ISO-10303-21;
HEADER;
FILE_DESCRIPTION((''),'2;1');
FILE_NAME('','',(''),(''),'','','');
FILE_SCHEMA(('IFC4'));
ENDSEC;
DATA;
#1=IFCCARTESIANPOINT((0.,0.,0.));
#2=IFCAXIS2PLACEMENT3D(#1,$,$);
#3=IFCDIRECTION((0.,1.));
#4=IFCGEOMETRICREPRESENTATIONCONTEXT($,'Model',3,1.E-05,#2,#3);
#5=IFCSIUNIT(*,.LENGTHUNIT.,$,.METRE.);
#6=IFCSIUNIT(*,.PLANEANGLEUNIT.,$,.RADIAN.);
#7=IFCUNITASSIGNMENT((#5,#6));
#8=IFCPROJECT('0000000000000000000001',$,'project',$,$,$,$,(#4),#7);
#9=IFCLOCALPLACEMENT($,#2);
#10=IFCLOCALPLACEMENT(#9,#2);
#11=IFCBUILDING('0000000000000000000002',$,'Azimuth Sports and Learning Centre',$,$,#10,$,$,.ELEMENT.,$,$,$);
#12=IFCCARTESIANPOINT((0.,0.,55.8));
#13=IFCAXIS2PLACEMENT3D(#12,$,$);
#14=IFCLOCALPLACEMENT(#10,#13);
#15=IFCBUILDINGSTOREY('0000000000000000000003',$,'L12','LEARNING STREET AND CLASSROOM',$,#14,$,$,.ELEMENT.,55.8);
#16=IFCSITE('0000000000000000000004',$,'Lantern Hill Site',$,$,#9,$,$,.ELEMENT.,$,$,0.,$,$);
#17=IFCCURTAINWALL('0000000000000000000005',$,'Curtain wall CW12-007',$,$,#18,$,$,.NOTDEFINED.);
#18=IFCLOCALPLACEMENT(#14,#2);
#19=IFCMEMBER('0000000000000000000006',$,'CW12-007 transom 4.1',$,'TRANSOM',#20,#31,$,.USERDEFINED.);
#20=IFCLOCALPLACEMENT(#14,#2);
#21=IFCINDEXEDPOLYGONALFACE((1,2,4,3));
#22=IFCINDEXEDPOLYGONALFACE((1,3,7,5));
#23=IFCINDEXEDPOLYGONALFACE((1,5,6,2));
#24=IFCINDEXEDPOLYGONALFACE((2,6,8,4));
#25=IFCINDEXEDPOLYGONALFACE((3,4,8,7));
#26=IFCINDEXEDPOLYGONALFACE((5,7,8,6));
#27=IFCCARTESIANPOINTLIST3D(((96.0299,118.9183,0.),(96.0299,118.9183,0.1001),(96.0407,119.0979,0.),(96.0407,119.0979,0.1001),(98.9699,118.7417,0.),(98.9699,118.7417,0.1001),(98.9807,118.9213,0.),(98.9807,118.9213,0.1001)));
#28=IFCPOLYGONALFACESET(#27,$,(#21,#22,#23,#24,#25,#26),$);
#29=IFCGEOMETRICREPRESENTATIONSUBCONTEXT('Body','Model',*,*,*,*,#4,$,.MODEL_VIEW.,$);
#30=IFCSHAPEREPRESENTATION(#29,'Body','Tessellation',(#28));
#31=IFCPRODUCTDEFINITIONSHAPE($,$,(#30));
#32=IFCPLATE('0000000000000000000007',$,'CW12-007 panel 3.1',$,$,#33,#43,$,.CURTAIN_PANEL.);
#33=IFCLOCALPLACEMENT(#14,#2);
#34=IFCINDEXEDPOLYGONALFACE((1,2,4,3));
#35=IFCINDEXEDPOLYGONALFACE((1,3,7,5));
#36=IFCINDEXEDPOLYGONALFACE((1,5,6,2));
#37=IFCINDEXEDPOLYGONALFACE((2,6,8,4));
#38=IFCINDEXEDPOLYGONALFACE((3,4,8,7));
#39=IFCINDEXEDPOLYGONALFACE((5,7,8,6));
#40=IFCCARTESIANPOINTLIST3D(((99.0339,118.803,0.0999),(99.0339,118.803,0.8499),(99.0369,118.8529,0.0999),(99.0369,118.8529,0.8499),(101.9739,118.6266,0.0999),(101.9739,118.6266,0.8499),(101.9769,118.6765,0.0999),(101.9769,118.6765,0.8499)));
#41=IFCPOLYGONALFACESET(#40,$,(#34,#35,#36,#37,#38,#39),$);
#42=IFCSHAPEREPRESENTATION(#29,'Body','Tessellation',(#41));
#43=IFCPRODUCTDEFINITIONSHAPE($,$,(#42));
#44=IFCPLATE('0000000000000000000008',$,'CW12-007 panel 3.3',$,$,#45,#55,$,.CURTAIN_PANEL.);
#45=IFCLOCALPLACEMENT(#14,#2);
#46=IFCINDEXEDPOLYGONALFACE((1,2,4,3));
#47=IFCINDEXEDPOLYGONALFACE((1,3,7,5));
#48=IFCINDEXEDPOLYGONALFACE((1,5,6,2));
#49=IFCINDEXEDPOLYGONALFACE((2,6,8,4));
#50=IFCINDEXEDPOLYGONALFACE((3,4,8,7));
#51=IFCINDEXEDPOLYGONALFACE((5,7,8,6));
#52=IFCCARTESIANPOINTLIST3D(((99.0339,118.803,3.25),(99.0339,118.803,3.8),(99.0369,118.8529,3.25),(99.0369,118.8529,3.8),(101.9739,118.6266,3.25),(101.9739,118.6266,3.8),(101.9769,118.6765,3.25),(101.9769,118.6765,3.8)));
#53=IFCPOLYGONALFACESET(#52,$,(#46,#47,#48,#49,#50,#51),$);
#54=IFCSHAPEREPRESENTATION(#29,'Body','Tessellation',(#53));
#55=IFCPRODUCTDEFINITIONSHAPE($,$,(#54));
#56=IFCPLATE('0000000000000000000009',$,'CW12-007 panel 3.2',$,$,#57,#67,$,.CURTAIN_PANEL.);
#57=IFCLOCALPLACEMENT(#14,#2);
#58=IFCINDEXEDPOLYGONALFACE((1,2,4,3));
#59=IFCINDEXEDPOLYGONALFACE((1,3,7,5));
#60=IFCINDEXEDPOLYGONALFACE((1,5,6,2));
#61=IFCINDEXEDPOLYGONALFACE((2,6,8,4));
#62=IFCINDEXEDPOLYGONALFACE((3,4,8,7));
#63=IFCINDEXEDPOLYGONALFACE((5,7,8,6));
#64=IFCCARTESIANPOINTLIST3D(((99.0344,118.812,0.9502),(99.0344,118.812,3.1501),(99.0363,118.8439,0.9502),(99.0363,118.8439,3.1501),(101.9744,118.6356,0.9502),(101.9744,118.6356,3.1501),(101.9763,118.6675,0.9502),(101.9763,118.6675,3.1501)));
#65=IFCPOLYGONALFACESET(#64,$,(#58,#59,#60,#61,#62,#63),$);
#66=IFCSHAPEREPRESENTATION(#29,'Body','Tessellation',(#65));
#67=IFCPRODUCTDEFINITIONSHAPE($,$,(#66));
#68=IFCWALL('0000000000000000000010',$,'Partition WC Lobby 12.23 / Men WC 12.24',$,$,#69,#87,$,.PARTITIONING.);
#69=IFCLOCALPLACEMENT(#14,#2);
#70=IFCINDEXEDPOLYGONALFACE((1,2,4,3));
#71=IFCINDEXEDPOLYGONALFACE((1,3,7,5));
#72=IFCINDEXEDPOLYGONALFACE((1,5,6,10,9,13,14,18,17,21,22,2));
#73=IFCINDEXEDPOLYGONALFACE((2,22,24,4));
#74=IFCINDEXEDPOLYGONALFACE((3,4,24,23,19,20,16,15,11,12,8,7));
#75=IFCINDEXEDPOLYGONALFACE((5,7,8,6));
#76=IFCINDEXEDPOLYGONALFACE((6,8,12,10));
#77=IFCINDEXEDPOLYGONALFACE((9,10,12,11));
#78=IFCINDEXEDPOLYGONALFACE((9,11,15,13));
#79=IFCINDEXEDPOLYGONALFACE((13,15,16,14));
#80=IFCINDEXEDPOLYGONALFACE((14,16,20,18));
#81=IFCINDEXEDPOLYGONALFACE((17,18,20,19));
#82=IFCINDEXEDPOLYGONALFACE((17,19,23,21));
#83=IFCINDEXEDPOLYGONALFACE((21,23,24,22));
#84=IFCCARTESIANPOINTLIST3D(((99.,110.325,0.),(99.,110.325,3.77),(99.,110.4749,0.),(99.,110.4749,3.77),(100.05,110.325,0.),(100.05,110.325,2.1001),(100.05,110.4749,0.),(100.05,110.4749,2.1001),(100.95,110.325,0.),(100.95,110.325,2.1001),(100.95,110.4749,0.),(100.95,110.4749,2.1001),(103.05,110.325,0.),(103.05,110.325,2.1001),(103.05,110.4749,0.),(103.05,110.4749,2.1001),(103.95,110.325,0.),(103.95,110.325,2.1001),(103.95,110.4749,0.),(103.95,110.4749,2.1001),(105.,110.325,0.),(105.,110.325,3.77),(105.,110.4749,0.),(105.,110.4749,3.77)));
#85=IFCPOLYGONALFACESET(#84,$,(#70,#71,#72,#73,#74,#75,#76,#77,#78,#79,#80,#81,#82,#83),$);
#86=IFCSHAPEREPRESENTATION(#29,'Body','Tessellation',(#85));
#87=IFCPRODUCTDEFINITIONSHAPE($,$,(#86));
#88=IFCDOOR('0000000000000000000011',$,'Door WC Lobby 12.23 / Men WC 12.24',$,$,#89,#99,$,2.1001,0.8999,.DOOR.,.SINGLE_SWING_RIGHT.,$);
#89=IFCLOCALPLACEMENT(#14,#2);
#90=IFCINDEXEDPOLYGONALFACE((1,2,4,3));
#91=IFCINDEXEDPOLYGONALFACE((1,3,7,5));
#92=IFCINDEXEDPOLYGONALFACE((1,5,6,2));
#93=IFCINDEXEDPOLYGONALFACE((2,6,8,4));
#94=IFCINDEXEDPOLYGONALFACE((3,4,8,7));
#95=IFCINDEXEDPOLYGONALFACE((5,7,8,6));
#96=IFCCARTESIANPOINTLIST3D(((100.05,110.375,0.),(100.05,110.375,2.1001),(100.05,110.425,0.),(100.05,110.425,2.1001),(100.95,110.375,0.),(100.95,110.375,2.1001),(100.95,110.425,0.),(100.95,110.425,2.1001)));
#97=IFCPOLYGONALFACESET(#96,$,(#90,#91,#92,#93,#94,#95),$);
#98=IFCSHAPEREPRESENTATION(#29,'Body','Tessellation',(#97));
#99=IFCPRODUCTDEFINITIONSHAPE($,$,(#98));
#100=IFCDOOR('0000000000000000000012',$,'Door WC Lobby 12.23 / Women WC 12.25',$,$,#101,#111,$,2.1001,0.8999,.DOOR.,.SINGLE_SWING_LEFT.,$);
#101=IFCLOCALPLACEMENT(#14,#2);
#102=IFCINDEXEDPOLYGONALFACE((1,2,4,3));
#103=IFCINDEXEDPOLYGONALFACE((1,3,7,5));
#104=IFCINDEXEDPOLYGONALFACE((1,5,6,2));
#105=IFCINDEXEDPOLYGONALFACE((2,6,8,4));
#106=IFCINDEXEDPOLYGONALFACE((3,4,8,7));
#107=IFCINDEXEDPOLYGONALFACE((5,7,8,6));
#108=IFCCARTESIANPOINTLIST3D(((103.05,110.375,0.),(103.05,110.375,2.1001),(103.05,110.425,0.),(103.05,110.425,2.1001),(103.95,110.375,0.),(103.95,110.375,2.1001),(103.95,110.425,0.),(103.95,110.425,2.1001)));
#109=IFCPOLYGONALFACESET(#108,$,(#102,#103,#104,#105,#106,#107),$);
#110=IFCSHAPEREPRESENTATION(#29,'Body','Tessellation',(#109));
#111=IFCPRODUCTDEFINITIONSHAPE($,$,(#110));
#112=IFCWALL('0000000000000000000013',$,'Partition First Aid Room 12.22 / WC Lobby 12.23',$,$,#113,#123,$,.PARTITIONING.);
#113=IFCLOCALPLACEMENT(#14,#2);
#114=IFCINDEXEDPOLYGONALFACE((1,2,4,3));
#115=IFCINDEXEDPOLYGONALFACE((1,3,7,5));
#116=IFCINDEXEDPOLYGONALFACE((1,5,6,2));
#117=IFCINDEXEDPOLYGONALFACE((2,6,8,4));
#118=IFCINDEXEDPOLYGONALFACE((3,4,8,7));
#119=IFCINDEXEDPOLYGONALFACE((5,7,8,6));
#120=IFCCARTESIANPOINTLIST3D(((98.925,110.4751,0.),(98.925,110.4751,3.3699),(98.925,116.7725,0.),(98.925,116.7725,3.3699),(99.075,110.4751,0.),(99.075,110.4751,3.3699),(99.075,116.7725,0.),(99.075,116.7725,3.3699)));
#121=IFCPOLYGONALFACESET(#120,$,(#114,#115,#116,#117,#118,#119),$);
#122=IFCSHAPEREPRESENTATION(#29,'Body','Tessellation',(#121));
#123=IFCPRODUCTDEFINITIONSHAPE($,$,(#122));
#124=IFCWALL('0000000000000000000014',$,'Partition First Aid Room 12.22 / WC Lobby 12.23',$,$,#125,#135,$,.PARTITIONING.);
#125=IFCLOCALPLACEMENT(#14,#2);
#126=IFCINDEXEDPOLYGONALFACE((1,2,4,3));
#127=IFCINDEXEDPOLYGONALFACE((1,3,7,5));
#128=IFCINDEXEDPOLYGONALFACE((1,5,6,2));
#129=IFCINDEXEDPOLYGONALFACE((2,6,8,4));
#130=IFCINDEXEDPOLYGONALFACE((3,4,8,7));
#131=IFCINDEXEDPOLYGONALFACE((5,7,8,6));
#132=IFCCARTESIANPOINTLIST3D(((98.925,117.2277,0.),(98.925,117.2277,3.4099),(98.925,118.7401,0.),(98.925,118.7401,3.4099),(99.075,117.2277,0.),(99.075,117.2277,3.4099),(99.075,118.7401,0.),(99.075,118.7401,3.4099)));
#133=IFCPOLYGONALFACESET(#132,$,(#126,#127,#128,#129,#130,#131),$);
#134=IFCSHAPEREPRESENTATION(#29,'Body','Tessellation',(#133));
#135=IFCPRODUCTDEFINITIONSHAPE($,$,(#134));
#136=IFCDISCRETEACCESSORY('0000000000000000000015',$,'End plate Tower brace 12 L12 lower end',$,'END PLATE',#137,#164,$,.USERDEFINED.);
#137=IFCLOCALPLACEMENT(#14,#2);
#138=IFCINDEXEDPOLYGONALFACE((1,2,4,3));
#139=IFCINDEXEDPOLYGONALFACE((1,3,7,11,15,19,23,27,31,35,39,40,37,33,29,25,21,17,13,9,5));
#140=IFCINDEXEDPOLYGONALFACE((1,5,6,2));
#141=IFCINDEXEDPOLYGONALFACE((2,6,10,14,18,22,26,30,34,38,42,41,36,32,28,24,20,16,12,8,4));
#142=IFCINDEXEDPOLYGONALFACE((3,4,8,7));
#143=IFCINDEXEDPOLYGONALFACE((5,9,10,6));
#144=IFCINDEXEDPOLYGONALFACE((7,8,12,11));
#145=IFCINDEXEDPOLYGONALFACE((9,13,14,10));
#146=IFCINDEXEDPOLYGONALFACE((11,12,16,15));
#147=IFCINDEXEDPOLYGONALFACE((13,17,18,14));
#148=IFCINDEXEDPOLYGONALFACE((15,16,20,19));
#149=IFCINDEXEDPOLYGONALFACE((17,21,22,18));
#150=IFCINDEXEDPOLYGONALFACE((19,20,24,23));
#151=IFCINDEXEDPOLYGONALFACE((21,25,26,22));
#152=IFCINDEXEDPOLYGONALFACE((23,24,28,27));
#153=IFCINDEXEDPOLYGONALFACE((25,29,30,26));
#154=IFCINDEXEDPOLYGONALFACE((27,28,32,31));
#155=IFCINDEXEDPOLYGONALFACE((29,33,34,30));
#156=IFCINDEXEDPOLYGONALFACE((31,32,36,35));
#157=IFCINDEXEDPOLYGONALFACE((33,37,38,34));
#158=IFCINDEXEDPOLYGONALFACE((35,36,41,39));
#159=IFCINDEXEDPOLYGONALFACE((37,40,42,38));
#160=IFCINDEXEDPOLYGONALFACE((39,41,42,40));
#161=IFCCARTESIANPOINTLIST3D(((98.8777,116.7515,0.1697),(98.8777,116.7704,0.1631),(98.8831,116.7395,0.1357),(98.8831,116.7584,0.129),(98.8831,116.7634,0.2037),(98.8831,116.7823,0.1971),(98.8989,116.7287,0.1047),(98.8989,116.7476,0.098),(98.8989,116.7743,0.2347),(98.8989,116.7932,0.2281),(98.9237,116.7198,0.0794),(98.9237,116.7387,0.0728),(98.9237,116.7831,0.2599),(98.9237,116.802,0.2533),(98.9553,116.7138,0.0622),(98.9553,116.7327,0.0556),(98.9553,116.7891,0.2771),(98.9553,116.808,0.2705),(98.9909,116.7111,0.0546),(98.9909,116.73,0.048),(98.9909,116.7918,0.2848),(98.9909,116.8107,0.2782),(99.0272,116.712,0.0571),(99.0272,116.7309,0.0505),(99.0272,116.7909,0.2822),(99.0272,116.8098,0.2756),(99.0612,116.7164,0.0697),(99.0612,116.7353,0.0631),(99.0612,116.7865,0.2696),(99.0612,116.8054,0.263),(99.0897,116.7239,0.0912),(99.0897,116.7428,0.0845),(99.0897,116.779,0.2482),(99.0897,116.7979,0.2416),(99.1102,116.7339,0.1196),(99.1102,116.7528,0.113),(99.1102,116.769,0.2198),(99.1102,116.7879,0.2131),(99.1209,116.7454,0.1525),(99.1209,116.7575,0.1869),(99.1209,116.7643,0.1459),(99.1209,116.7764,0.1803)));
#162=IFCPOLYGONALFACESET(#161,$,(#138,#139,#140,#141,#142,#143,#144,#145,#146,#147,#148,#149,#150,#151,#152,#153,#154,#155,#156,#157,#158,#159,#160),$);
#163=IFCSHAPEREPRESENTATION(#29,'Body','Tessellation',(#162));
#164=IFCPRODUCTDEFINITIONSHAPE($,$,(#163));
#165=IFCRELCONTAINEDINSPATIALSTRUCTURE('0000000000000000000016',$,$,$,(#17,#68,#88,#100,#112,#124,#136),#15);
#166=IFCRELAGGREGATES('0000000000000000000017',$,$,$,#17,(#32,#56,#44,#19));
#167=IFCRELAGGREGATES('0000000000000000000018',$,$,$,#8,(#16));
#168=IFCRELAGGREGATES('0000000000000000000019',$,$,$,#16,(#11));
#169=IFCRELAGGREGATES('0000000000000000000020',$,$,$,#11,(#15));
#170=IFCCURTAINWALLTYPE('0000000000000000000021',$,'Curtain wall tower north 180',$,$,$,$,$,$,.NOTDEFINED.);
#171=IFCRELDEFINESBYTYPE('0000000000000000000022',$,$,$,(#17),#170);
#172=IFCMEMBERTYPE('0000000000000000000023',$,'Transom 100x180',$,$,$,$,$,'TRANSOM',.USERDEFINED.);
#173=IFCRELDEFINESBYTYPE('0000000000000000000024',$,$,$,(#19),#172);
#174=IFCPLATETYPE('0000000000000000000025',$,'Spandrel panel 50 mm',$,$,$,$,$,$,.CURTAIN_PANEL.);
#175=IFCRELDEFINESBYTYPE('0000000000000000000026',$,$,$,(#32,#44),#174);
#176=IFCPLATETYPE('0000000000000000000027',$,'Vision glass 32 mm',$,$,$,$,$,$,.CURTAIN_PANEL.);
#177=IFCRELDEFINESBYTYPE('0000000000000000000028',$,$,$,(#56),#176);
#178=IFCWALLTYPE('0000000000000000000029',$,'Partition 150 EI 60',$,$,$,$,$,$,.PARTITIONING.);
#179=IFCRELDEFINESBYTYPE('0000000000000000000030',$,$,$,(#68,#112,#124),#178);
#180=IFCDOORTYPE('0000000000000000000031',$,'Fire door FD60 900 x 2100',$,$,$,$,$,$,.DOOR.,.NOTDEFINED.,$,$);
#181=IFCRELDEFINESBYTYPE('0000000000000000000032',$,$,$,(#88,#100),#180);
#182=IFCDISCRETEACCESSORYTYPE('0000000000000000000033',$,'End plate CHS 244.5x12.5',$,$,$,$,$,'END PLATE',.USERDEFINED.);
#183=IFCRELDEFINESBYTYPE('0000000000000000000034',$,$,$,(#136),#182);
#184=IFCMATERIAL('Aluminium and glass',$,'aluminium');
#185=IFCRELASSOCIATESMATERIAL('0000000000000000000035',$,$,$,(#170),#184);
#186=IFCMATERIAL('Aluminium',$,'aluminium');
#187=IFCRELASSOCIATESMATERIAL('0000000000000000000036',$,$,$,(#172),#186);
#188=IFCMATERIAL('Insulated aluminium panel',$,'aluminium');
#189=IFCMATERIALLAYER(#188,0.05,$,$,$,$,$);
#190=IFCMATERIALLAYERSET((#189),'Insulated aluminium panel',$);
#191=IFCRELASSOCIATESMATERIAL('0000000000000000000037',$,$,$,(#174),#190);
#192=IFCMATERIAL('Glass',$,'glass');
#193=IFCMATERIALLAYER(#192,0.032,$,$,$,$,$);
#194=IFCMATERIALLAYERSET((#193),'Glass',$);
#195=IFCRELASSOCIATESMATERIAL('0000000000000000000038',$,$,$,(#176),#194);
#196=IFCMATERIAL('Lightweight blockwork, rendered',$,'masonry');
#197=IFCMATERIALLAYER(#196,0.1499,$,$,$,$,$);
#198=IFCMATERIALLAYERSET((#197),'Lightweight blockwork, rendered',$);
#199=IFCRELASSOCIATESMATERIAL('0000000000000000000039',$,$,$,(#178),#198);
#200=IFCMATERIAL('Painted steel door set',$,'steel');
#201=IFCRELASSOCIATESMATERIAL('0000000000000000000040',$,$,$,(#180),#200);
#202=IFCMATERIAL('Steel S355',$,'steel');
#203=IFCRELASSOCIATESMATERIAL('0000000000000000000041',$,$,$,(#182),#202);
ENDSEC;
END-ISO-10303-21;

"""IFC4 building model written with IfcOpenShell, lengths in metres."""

from ifc_helpers import new_model, si_unit, direction, frame, frame_2d, origin, origin_2d, place, context, subcontext, project, spatial, rectangle, circle, extrude, material, layer, layer_set, material_profile, profile_set, type_object, element, fill, aggregate, save


model = new_model("IFC4")

# Units and contexts
model_context = context("Model", 3, precision=1e-05, world=origin(), true_north=direction((0.0, 1.0)))
body_context = subcontext(model_context, "Body", "Model", "MODEL_VIEW")
ifc_project = project(units=[si_unit("LENGTHUNIT", "METRE"), si_unit("PLANEANGLEUNIT", "RADIAN")], contexts=[model_context])

# Site, building, storey
site_placement = place(None, origin())
site = spatial("IfcSite", under=ifc_project, at=site_placement, Name="Lantern Hill Site", CompositionType="ELEMENT", RefElevation=0.0)
building_placement = place(site_placement, origin())
building = spatial("IfcBuilding", under=site, at=building_placement, Name="Azimuth Sports and Learning Centre", CompositionType="ELEMENT")
storey_placement = place(building_placement, frame((0.0, 0.0, 55.8)))
storey = spatial("IfcBuildingStorey", under=building, at=storey_placement, Name="L12", Description="LEARNING STREET AND CLASSROOM", CompositionType="ELEMENT", Elevation=55.8)

# Curtain wall, member, plates
ifc_material_1 = material(Name="Aluminium and glass", Category="aluminium")
curtain_wall_type = type_object("IfcCurtainWallType", Name="Curtain wall tower north 180", PredefinedType="NOTDEFINED", material=ifc_material_1)
curtain_wall_placement = place(storey_placement, origin())
curtain_wall = element("IfcCurtainWall", 1, at=curtain_wall_placement, inside=storey, type_object=curtain_wall_type, Name="Curtain wall CW12-007", PredefinedType="NOTDEFINED")
ifc_material_2 = material(Name="Aluminium", Category="aluminium")
ifc_material_profile_1 = material_profile(ifc_material_2, rectangle(XDim=0.1799, YDim=0.1001, at=origin_2d()), Name="Transom 100x180")
ifc_profile_set_1 = profile_set([ifc_material_profile_1], Name="Aluminium")
member_type_1 = type_object("IfcMemberType", Name="Transom 100x180", ElementType="TRANSOM", PredefinedType="USERDEFINED", material=ifc_profile_set_1)
member_1_placement = place(storey_placement, frame((98.9753, 118.8315, 0.05), z_axis=(-0.998202, 0.059932, 0.0), x_axis=(-0.059932, -0.998202, 0.0)))
member_1 = element("IfcMember", 2, at=member_1_placement, type_object=member_type_1, Name="CW12-007 transom 4.1", ObjectType="TRANSOM", PredefinedType="USERDEFINED", context=body_context, shape_type="SweptSolid", body=[
    extrude(rectangle(XDim=0.1799, YDim=0.1001, at=origin_2d()), origin(), (0.0, 0.0, 1.0), 2.9453),
])
ifc_material_3 = material(Name="Insulated aluminium panel", Category="aluminium")
ifc_layer_1 = layer(ifc_material_3, 0.05)
ifc_layer_set_1 = layer_set([ifc_layer_1], Name="Insulated aluminium panel")
plate_type_1 = type_object("IfcPlateType", Name="Spandrel panel 50 mm", PredefinedType="CURTAIN_PANEL", material=ifc_layer_set_1)
plate_1_placement = place(storey_placement, frame((100.5054, 118.7397, 0.0999), z_axis=(0.0, 0.0, 1.0), x_axis=(-0.998205, 0.059892, 0.0)))
plate_1 = element("IfcPlate", 3, at=plate_1_placement, type_object=plate_type_1, Name="CW12-007 panel 3.1", PredefinedType="CURTAIN_PANEL", context=body_context, shape_type="SweptSolid", body=[
    extrude(rectangle(XDim=2.9453, YDim=0.05, at=origin_2d()), origin(), (0.0, 0.0, 1.0), 0.75),
])
plate_2_placement = place(storey_placement, frame((100.5054, 118.7397, 3.25), z_axis=(0.0, 0.0, 1.0), x_axis=(-0.998205, 0.059892, 0.0)))
plate_2 = element("IfcPlate", 4, at=plate_2_placement, type_object=plate_type_1, Name="CW12-007 panel 3.3", PredefinedType="CURTAIN_PANEL", context=body_context, shape_type="SweptSolid", body=[
    extrude(rectangle(XDim=2.9453, YDim=0.05, at=origin_2d()), origin(), (0.0, 0.0, 1.0), 0.55),
])
ifc_material_4 = material(Name="Glass", Category="glass")
ifc_layer_2 = layer(ifc_material_4, 0.032)
ifc_layer_set_2 = layer_set([ifc_layer_2], Name="Glass")
plate_type_2 = type_object("IfcPlateType", Name="Vision glass 32 mm", PredefinedType="CURTAIN_PANEL", material=ifc_layer_set_2)
plate_3_placement = place(storey_placement, frame((100.5054, 118.7397, 0.9502), z_axis=(0.0, 0.0, 1.0), x_axis=(-0.998205, 0.059892, 0.0)))
plate_3 = element("IfcPlate", 5, at=plate_3_placement, type_object=plate_type_2, Name="CW12-007 panel 3.2", PredefinedType="CURTAIN_PANEL", context=body_context, shape_type="SweptSolid", body=[
    extrude(rectangle(XDim=2.9453, YDim=0.032, at=origin_2d()), origin(), (0.0, 0.0, 1.0), 2.2),
])
aggregate(curtain_wall, [plate_1, plate_3, plate_2, member_1])

# Wall, openings, doors
ifc_material_5 = material(Name="Lightweight blockwork, rendered", Category="masonry")
ifc_layer_3 = layer(ifc_material_5, 0.1499)
ifc_layer_set_3 = layer_set([ifc_layer_3], Name="Lightweight blockwork, rendered")
wall_type = type_object("IfcWallType", Name="Partition 150 EI 60", PredefinedType="PARTITIONING", material=ifc_layer_set_3)
wall_1_placement = place(storey_placement, frame((99.0, 110.3999, 0.0), z_axis=(0.0, 0.0, 1.0), x_axis=(1.0, 0.0, 0.0)))
wall_1 = element("IfcWall", 6, at=wall_1_placement, inside=storey, type_object=wall_type, Name="Partition WC Lobby 12.23 / Men WC 12.24", PredefinedType="PARTITIONING", context=body_context, shape_type="SweptSolid", body=[
    extrude(rectangle(XDim=6.0, YDim=0.1499, at=frame_2d((3.0, 0.0))), origin(), (0.0, 0.0, 1.0), 3.77),
])
opening_1_placement = place(wall_1_placement, frame((1.05, 0.0, 0.0)))
opening_1 = element("IfcOpeningElement", 7, at=opening_1_placement, cuts=wall_1, PredefinedType="OPENING", context=body_context, shape_type="SweptSolid", body=[
    extrude(rectangle(XDim=0.8999, YDim=2.1001, at=frame_2d((0.45, 1.05))), frame((0.0, 0.0859, 0.0), z_axis=(0.0, -1.0, 0.0), x_axis=(1.0, 0.0, 0.0)), (0.0, 0.0, 1.0), 0.1719),
])
opening_2_placement = place(wall_1_placement, frame((4.05, 0.0, 0.0)))
opening_2 = element("IfcOpeningElement", 8, at=opening_2_placement, cuts=wall_1, PredefinedType="OPENING", context=body_context, shape_type="SweptSolid", body=[
    extrude(rectangle(XDim=0.8999, YDim=2.1001, at=frame_2d((0.45, 1.05))), frame((0.0, 0.0859, 0.0), z_axis=(0.0, -1.0, 0.0), x_axis=(1.0, 0.0, 0.0)), (0.0, 0.0, 1.0), 0.1719),
])
ifc_material_6 = material(Name="Painted steel door set", Category="steel")
door_type = type_object("IfcDoorType", Name="Fire door FD60 900 x 2100", OperationType="NOTDEFINED", PredefinedType="DOOR", material=ifc_material_6)
door_1_placement = place(opening_1_placement, frame((0.8999, 0.0, 0.0), z_axis=(0.0, 0.0, 1.0), x_axis=(-1.0, 0.0, 0.0)))
door_1 = element("IfcDoor", 9, at=door_1_placement, inside=storey, type_object=door_type, Name="Door WC Lobby 12.23 / Men WC 12.24", OperationType="SINGLE_SWING_RIGHT", OverallHeight=2.1001, OverallWidth=0.8999, PredefinedType="DOOR", context=body_context, shape_type="SweptSolid", body=[
    extrude(rectangle(XDim=0.8999, YDim=2.1001, at=frame_2d((0.45, 1.05))), frame((0.0, 0.0249, 0.0), z_axis=(0.0, -1.0, 0.0), x_axis=(1.0, 0.0, 0.0)), (0.0, 0.0, 1.0), 0.05),
])
fill(opening_1, door_1)
door_2_placement = place(opening_2_placement, frame((0.8999, 0.0, 0.0), z_axis=(0.0, 0.0, 1.0), x_axis=(-1.0, 0.0, 0.0)))
door_2 = element("IfcDoor", 10, at=door_2_placement, inside=storey, type_object=door_type, Name="Door WC Lobby 12.23 / Women WC 12.25", OperationType="SINGLE_SWING_LEFT", OverallHeight=2.1001, OverallWidth=0.8999, PredefinedType="DOOR", context=body_context, shape_type="SweptSolid", body=[
    extrude(rectangle(XDim=0.8999, YDim=2.1001, at=frame_2d((0.45, 1.05))), frame((0.0, 0.0249, 0.0), z_axis=(0.0, -1.0, 0.0), x_axis=(1.0, 0.0, 0.0)), (0.0, 0.0, 1.0), 0.05),
])
fill(opening_2, door_2)

# Walls
wall_2_placement = place(storey_placement, frame((99.0, 110.4751, 0.0), z_axis=(0.0, 0.0, 1.0), x_axis=(0.0, 1.0, 0.0)))
element("IfcWall", 11, at=wall_2_placement, inside=storey, type_object=wall_type, Name="Partition First Aid Room 12.22 / WC Lobby 12.23", PredefinedType="PARTITIONING", context=body_context, shape_type="SweptSolid", body=[
    extrude(rectangle(XDim=6.2974, YDim=0.1499, at=frame_2d((3.1487, 0.0))), origin(), (0.0, 0.0, 1.0), 3.3699),
])
wall_3_placement = place(storey_placement, frame((99.0, 117.2275, 0.0), z_axis=(0.0, 0.0, 1.0), x_axis=(0.0, 1.0, 0.0)))
element("IfcWall", 12, at=wall_3_placement, inside=storey, type_object=wall_type, Name="Partition First Aid Room 12.22 / WC Lobby 12.23", PredefinedType="PARTITIONING", context=body_context, shape_type="SweptSolid", body=[
    extrude(rectangle(XDim=1.5125, YDim=0.1499, at=frame_2d((0.7563, 0.0))), origin(), (0.0, 0.0, 1.0), 3.4099),
])

# Discrete accessory
ifc_material_7 = material(Name="Steel S355", Category="steel")
ifc_material_profile_2 = material_profile(ifc_material_7, circle(Radius=0.1223, at=origin_2d()), Name="PL 244 DISC")
ifc_profile_set_2 = profile_set([ifc_material_profile_2], Name="Steel S355")
discrete_accessory_type = type_object("IfcDiscreteAccessoryType", Name="End plate CHS 244.5x12.5", ElementType="END PLATE", PredefinedType="USERDEFINED", material=ifc_profile_set_2)
discrete_accessory_placement = place(storey_placement, frame((99.0, 116.7515, 0.1697), z_axis=(0.0, 0.943667, -0.330896), x_axis=(-1.0, 0.0, 0.0)))
element("IfcDiscreteAccessory", 13, at=discrete_accessory_placement, inside=storey, type_object=discrete_accessory_type, Name="End plate Tower brace 12 L12 lower end", ObjectType="END PLATE", PredefinedType="USERDEFINED", context=body_context, shape_type="SweptSolid", body=[
    extrude(circle(Radius=0.1223, at=origin_2d()), origin(), (0.0, 0.0, 1.0), 0.02),
])

save(model, "model.ifc")
